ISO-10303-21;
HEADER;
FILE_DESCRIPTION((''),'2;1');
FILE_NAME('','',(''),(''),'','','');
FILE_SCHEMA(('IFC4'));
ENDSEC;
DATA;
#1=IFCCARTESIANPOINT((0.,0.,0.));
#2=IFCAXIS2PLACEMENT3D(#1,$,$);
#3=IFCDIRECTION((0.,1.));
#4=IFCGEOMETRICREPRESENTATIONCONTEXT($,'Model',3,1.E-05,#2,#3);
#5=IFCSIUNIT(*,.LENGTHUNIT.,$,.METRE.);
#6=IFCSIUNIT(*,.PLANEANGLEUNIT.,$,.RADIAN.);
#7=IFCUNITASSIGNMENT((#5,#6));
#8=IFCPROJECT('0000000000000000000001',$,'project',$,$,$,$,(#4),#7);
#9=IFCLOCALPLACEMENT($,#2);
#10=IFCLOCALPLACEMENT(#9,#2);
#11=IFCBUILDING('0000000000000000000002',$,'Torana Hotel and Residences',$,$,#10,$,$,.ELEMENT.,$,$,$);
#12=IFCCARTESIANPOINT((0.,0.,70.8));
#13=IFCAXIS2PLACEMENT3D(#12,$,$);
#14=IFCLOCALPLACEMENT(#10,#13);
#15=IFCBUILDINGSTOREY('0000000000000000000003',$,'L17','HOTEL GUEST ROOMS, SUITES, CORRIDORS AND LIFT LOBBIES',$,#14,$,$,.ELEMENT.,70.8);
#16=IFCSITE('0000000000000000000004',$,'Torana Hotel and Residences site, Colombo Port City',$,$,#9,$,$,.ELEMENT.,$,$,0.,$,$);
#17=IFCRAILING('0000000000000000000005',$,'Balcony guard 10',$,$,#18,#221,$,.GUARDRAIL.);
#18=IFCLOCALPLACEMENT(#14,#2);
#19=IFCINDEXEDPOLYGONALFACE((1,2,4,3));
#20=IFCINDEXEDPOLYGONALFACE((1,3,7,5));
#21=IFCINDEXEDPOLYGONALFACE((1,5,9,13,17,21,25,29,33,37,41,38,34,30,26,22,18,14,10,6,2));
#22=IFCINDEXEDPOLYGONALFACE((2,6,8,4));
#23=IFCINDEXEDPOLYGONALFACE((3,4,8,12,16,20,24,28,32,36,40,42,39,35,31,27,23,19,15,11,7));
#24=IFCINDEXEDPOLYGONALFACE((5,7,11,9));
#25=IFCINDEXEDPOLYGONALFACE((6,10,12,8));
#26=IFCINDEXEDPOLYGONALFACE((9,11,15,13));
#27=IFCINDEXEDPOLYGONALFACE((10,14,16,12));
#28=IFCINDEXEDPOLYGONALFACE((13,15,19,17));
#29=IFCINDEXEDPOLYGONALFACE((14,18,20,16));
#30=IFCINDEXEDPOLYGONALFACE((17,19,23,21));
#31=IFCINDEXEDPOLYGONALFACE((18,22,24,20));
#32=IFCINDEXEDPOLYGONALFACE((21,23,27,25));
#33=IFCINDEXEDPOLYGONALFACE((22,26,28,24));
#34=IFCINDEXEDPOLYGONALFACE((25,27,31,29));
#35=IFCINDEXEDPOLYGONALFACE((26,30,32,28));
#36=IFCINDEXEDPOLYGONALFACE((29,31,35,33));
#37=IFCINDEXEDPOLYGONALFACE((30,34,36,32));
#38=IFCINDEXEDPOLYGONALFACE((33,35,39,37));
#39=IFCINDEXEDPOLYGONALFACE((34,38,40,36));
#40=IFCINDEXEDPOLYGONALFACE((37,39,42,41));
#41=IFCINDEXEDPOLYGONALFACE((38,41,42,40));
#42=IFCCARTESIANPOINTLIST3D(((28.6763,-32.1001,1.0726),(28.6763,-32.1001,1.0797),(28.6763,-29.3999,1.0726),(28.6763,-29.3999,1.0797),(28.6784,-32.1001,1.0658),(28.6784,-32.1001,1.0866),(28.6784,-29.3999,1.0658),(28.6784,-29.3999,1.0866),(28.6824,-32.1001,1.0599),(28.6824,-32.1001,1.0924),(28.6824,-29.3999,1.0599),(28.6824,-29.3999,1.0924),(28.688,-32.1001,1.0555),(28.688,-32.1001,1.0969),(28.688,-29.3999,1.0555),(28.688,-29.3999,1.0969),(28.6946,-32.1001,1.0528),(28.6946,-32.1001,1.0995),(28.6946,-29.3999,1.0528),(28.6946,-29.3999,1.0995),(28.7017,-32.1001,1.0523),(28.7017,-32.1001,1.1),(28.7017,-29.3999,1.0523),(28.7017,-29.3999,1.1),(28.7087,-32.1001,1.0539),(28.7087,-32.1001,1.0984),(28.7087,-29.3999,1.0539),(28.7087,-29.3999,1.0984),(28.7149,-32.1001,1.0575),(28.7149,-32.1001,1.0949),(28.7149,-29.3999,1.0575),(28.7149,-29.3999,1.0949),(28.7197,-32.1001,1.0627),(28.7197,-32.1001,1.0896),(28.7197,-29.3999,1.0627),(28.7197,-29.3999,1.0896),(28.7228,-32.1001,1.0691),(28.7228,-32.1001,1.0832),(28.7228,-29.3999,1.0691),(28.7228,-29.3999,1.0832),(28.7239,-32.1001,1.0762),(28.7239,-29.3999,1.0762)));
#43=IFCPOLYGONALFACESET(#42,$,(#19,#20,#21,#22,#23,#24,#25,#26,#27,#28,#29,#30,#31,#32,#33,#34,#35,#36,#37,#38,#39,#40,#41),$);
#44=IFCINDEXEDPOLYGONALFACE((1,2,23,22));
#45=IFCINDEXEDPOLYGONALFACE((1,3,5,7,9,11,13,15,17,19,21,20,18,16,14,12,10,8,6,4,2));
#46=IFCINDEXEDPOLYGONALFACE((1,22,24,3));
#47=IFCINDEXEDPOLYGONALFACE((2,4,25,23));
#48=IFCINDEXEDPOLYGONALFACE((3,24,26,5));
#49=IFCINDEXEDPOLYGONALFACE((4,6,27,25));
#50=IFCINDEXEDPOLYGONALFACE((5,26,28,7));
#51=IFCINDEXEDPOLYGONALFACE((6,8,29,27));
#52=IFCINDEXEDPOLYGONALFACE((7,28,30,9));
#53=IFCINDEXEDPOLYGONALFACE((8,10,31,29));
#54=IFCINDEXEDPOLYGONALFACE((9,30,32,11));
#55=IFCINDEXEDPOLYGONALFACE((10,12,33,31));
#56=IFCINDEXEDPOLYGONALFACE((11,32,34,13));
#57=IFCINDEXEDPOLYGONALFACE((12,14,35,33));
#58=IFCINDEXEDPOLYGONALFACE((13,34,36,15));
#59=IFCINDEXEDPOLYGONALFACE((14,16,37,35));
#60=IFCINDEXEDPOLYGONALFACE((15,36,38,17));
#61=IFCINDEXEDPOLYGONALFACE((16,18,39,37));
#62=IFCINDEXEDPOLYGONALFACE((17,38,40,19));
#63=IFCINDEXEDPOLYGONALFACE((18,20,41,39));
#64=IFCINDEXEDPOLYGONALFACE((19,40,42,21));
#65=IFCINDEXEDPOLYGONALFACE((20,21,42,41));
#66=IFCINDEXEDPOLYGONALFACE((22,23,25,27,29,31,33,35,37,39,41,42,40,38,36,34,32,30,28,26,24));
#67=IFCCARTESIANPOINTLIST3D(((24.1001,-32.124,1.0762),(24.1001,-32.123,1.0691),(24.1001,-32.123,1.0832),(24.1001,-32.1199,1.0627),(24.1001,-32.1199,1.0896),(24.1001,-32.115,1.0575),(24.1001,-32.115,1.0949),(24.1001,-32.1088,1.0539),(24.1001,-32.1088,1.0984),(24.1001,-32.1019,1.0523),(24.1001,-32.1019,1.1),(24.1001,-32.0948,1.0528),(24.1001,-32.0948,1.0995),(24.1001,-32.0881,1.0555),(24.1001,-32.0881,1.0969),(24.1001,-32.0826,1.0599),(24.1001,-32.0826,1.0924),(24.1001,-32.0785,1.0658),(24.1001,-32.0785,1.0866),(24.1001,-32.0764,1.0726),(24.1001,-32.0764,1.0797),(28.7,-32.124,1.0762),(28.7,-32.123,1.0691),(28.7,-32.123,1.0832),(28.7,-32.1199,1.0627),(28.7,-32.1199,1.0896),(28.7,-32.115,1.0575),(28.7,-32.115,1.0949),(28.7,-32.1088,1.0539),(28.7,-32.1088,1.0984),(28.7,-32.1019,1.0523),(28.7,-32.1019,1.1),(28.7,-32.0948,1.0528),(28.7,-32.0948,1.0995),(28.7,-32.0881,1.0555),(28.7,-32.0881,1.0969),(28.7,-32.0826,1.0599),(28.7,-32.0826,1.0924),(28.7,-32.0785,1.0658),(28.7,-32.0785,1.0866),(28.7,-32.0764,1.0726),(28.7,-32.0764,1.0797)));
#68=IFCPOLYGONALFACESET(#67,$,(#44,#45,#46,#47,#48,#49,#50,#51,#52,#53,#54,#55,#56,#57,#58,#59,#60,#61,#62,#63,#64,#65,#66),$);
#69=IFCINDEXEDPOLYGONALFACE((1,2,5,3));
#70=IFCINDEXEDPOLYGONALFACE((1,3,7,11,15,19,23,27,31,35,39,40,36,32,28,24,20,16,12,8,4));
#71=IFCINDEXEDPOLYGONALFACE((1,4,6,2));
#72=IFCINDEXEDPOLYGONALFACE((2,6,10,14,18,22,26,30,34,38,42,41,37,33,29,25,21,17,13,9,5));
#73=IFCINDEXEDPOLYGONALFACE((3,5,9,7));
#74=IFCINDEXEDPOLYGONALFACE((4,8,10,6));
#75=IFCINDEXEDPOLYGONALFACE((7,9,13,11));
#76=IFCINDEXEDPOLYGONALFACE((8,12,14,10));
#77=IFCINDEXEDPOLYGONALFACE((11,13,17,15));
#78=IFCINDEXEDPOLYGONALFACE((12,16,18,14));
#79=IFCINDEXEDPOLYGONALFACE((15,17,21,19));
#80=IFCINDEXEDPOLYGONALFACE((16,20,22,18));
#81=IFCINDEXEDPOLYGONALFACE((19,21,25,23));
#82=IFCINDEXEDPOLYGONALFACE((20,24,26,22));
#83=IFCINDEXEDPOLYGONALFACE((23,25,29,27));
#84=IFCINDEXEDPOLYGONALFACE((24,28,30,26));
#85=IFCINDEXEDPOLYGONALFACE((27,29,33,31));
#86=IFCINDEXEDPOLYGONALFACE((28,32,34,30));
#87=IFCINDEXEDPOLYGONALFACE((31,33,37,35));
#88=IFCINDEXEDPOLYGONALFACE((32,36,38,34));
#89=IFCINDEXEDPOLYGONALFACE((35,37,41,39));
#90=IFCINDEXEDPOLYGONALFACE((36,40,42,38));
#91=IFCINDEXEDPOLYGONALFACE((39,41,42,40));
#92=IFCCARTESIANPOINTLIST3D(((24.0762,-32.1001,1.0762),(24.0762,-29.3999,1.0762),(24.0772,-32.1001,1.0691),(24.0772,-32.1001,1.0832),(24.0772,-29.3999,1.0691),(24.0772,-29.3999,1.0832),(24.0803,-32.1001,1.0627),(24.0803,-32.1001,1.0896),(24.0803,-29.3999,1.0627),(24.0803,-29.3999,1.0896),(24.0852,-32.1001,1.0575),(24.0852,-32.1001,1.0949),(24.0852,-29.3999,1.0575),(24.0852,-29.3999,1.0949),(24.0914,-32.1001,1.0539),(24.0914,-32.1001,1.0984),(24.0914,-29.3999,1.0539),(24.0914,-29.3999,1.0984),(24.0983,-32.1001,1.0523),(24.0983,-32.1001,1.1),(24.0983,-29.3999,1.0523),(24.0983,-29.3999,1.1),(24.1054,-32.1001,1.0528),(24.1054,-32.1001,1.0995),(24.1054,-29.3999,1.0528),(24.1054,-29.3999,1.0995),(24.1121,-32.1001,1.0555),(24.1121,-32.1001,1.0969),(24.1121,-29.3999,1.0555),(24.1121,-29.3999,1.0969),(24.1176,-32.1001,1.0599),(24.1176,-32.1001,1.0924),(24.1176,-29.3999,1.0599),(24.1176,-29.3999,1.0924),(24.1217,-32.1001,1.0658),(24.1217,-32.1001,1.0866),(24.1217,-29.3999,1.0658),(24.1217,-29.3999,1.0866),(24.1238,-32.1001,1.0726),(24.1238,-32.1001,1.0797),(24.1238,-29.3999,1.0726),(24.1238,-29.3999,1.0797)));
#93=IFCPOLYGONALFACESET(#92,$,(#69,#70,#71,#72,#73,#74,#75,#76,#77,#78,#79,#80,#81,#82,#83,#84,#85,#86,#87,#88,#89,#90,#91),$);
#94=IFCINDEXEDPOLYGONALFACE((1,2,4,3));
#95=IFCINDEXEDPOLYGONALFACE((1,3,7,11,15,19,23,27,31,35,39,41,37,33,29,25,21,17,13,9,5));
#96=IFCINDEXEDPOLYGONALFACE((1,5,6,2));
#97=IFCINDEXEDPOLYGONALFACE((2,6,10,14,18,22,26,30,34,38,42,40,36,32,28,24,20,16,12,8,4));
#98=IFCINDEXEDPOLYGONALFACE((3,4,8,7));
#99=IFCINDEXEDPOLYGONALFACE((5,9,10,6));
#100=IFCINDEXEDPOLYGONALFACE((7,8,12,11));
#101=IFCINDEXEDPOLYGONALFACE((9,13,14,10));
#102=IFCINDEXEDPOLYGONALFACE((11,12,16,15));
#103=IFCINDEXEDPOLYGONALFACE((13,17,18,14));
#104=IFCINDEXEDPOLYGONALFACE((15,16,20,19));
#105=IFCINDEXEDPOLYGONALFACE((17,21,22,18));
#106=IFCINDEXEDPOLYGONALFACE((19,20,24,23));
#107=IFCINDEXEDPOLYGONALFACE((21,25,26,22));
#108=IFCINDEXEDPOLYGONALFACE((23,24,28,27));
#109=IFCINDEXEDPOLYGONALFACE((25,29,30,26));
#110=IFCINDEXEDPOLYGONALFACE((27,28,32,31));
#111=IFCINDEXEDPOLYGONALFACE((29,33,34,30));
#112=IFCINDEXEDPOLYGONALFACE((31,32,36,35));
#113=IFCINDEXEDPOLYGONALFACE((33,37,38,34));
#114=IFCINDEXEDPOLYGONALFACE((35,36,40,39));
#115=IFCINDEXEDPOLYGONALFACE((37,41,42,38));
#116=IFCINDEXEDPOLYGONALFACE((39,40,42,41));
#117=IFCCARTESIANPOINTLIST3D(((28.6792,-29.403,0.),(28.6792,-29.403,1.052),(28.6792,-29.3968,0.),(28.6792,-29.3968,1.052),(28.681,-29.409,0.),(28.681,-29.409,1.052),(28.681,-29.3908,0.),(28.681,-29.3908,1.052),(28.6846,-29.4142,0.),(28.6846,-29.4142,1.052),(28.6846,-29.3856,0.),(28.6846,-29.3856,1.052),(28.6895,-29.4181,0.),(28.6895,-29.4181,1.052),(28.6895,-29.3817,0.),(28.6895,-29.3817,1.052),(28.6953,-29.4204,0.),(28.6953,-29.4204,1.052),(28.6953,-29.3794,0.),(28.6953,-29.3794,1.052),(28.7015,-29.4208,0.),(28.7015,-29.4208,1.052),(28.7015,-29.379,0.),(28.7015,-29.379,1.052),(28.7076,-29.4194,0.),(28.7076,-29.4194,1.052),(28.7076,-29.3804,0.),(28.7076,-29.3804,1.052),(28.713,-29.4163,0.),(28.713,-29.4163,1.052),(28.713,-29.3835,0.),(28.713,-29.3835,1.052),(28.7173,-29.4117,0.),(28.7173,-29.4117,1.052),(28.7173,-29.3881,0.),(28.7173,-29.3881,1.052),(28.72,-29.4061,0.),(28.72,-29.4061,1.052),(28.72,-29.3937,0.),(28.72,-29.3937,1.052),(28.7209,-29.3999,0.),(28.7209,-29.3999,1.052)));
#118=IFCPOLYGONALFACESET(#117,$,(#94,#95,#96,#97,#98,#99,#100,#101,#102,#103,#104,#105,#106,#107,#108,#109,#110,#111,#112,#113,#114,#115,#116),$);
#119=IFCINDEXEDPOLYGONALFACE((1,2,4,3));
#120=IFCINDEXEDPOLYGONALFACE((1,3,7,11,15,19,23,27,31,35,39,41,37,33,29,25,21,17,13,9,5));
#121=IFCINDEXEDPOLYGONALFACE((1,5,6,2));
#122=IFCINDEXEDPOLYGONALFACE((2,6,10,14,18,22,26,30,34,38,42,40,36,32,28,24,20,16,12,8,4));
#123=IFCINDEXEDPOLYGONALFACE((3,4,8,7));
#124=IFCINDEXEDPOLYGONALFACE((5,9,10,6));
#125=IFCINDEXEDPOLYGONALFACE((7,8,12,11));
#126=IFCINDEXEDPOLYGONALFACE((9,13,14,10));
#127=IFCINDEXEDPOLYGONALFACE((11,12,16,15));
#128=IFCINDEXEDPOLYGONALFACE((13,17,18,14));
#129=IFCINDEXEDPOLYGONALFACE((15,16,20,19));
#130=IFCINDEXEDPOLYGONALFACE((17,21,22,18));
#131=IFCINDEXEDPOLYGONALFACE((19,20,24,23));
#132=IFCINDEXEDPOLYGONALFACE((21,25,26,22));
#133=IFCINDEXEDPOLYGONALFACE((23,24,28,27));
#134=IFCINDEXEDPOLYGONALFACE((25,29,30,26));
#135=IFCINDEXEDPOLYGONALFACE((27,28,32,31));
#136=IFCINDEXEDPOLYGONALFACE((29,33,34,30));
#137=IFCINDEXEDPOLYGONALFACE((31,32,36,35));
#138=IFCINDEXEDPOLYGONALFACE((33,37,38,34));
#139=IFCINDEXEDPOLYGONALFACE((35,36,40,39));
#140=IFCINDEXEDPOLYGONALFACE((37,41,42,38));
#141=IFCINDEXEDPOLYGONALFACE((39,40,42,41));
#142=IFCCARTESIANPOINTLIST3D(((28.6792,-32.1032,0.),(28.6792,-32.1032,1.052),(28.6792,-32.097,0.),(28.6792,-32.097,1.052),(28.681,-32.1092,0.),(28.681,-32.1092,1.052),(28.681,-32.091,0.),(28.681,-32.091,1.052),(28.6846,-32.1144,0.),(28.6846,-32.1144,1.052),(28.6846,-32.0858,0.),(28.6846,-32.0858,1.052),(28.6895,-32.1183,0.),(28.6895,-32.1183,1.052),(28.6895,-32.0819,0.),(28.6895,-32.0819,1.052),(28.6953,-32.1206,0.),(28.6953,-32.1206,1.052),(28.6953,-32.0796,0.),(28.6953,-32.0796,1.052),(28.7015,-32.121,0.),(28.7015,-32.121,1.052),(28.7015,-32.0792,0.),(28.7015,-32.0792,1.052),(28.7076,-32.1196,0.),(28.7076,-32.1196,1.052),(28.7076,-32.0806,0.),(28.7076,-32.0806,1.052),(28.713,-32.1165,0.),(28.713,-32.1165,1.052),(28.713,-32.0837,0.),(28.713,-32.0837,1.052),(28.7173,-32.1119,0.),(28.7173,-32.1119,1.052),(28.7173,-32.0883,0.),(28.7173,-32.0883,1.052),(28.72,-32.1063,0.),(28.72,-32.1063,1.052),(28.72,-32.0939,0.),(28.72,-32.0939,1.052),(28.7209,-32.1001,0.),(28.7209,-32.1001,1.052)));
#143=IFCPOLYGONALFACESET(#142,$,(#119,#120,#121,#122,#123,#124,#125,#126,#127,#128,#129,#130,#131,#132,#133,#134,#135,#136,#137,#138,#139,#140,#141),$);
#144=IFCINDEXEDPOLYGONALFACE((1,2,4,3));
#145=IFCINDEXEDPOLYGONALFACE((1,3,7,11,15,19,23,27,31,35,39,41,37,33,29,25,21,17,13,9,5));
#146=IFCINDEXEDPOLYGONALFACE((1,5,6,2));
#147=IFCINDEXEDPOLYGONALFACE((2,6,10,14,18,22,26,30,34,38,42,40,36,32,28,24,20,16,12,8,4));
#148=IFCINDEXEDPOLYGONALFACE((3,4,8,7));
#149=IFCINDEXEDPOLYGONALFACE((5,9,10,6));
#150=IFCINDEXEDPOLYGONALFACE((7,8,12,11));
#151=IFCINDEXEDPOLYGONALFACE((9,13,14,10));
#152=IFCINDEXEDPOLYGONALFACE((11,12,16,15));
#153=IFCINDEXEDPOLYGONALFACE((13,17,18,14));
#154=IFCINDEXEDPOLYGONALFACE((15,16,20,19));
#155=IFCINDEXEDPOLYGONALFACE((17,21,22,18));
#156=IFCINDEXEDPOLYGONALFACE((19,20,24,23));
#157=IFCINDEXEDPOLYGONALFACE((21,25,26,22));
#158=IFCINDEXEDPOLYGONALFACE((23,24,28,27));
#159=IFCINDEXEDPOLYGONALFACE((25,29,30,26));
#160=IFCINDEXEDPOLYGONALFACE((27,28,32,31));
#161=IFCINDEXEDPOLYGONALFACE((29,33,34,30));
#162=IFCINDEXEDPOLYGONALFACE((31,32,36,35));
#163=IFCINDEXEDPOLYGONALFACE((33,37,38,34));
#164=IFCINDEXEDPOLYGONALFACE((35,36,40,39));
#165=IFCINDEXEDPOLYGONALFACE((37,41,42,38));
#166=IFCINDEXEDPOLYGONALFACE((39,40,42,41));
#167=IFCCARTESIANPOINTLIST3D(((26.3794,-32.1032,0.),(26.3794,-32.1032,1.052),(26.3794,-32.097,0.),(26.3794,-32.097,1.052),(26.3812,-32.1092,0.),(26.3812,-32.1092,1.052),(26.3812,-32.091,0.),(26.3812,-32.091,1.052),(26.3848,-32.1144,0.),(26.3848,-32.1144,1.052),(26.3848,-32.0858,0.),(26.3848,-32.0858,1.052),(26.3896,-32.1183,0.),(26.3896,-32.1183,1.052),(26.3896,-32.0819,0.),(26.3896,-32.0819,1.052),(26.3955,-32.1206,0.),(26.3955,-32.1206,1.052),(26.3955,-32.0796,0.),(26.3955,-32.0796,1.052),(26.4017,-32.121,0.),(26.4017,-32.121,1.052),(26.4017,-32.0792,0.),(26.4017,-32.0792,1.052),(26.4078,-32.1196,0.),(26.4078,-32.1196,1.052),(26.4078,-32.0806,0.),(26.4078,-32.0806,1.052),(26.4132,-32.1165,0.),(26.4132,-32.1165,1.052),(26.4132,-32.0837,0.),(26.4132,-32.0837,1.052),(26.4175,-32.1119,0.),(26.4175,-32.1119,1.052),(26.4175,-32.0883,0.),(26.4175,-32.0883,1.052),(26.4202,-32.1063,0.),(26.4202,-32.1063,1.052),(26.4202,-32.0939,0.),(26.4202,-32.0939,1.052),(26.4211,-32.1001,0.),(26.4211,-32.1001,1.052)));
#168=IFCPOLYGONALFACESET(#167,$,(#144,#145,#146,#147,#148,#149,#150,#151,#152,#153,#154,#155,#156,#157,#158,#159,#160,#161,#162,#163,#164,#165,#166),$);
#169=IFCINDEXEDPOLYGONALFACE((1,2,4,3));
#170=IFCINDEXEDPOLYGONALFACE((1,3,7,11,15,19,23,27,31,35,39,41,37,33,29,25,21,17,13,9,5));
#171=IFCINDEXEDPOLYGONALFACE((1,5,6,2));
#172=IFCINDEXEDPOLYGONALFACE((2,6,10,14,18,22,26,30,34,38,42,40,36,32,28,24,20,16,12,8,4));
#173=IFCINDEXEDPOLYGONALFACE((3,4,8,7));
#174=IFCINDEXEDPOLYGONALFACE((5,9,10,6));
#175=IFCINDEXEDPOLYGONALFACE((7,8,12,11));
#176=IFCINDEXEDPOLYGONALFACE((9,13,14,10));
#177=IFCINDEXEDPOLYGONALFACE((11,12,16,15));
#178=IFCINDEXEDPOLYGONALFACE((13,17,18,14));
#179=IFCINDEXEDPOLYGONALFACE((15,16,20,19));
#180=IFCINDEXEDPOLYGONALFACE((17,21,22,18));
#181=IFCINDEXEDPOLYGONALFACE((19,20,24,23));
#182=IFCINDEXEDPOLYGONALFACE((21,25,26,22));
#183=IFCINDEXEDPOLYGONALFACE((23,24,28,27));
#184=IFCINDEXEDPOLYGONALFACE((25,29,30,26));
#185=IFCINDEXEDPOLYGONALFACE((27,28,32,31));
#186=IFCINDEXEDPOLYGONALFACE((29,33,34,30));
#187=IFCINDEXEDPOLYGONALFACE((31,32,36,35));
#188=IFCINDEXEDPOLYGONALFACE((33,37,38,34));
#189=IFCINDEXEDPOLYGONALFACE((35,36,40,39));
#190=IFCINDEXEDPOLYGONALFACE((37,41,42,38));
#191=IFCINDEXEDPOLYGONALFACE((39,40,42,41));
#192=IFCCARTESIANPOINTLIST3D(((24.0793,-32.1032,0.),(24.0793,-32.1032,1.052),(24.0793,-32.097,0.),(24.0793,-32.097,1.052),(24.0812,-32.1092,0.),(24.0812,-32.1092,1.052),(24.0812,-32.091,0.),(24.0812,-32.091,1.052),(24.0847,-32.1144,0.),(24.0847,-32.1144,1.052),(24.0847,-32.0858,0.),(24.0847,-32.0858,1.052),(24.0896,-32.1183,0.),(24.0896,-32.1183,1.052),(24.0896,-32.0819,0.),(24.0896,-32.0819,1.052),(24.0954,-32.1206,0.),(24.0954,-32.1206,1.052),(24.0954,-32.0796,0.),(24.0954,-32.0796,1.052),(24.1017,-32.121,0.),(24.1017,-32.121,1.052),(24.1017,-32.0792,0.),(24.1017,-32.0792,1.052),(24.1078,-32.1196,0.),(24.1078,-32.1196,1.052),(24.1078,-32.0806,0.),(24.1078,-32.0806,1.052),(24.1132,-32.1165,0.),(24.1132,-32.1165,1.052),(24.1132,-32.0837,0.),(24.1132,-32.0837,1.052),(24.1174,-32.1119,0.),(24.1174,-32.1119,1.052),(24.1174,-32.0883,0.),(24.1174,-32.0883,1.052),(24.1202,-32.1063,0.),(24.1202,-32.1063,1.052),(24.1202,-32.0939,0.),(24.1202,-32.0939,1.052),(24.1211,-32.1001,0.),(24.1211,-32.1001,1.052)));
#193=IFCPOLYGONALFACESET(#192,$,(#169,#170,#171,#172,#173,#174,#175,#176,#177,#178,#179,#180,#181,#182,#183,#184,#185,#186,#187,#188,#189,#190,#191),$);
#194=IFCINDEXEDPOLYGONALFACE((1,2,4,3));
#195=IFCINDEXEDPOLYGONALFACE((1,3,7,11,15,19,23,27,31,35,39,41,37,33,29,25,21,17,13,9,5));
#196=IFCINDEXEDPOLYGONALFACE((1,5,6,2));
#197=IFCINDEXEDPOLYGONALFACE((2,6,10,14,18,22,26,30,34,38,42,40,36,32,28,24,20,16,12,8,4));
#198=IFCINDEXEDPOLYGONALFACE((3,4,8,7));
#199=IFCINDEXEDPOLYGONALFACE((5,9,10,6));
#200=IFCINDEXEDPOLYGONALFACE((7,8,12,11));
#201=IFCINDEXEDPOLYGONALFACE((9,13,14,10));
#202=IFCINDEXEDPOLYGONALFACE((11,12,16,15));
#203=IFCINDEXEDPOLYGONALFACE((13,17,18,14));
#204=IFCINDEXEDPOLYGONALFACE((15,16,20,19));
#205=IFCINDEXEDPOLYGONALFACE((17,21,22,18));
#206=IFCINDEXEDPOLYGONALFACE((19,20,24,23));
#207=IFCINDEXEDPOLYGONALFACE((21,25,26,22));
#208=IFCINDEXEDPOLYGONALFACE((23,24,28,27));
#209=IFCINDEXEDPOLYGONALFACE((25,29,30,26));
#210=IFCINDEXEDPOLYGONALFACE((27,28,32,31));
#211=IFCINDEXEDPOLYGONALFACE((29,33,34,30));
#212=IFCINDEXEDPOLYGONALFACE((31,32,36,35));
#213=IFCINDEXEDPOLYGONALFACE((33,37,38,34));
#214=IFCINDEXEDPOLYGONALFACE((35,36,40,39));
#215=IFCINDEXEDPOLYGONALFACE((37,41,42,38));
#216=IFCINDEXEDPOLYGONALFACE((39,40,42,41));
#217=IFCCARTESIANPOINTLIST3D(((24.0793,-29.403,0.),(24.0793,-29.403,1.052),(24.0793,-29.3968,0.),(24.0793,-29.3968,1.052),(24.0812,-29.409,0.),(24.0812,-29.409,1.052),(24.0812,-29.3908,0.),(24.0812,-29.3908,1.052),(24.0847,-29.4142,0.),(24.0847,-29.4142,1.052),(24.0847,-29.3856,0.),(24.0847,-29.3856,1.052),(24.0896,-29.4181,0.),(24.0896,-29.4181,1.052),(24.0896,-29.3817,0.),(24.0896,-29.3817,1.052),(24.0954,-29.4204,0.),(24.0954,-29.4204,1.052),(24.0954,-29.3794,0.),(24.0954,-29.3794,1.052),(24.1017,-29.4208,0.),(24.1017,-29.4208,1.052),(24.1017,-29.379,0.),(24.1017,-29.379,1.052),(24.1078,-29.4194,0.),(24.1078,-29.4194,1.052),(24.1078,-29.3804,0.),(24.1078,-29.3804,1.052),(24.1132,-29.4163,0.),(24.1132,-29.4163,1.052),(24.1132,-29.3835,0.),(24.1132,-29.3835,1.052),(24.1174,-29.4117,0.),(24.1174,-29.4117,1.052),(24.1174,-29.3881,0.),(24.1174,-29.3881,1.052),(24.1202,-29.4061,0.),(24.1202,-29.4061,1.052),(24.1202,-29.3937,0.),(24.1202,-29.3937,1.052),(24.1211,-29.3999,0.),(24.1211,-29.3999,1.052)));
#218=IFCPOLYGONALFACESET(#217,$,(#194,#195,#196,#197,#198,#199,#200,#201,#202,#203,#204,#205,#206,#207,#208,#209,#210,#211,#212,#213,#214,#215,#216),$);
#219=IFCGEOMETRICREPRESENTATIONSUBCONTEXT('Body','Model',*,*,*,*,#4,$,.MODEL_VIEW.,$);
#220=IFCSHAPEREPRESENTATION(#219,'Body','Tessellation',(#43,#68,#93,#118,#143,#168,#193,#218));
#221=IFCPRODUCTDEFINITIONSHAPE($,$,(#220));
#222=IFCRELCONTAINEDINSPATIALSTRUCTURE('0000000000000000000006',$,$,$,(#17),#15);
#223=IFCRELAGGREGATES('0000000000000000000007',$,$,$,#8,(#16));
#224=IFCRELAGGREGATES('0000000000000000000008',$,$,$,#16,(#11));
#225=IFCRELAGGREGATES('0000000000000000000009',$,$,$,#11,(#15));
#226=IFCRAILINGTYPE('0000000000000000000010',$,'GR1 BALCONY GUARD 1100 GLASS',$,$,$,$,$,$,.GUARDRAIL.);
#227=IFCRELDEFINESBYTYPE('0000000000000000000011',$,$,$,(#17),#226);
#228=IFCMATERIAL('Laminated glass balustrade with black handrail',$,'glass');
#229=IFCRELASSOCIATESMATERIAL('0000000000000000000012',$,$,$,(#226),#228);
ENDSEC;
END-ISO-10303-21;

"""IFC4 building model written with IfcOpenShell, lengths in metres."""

from ifc_helpers import new_model, si_unit, direction, frame, origin, origin_2d, place, context, subcontext, project, spatial, circle, extrude, material, type_object, element, save


model = new_model("IFC4")

# Units and contexts
model_context = context("Model", 3, precision=1e-05, world=origin(), true_north=direction((0.0, 1.0)))
body_context = subcontext(model_context, "Body", "Model", "MODEL_VIEW")
ifc_project = project(units=[si_unit("LENGTHUNIT", "METRE"), si_unit("PLANEANGLEUNIT", "RADIAN")], contexts=[model_context])

# Site, building, storey
site_placement = place(None, origin())
site = spatial("IfcSite", under=ifc_project, at=site_placement, Name="Torana Hotel and Residences site, Colombo Port City", CompositionType="ELEMENT", RefElevation=0.0)
building_placement = place(site_placement, origin())
building = spatial("IfcBuilding", under=site, at=building_placement, Name="Torana Hotel and Residences", CompositionType="ELEMENT")
storey_placement = place(building_placement, frame((0.0, 0.0, 70.8)))
storey = spatial("IfcBuildingStorey", under=building, at=storey_placement, Name="L17", Description="HOTEL GUEST ROOMS, SUITES, CORRIDORS AND LIFT LOBBIES", CompositionType="ELEMENT", Elevation=70.8)

# Railing
ifc_material_1 = material(Name="Laminated glass balustrade with black handrail", Category="glass")
railing_type = type_object("IfcRailingType", Name="GR1 BALCONY GUARD 1100 GLASS", PredefinedType="GUARDRAIL", material=ifc_material_1)
railing_1_placement = place(storey_placement, frame((28.7, -29.3999, 0.0)))
element("IfcRailing", 1, at=railing_1_placement, inside=storey, type_object=railing_type, Name="Balcony guard 10", PredefinedType="GUARDRAIL", context=body_context, shape_type="SweptSolid", body=[
    extrude(circle(Radius=0.0239, at=origin_2d()), frame((0.0, 0.0, 1.0762), z_axis=(0.0, -1.0, 0.0), x_axis=(1.0, 0.0, 0.0)), (0.0, 0.0, 1.0), 2.7002),
    extrude(circle(Radius=0.0239, at=origin_2d()), frame((0.0, -2.7002, 1.0762), z_axis=(-1.0, 0.0, 0.0), x_axis=(0.0, -1.0, 0.0)), (0.0, 0.0, 1.0), 4.5999),
    extrude(circle(Radius=0.0239, at=origin_2d()), frame((-4.5999, -2.7002, 1.0762), z_axis=(0.0, 1.0, 0.0), x_axis=(-1.0, 0.0, 0.0)), (0.0, 0.0, 1.0), 2.7002),
    extrude(circle(Radius=0.021, at=origin_2d()), origin(), (0.0, 0.0, 1.0), 1.052),
    extrude(circle(Radius=0.021, at=origin_2d()), frame((0.0, -2.7002, 0.0)), (0.0, 0.0, 1.0), 1.052),
    extrude(circle(Radius=0.021, at=origin_2d()), frame((-2.2998, -2.7002, 0.0)), (0.0, 0.0, 1.0), 1.052),
    extrude(circle(Radius=0.021, at=origin_2d()), frame((-4.5999, -2.7002, 0.0)), (0.0, 0.0, 1.0), 1.052),
    extrude(circle(Radius=0.021, at=origin_2d()), frame((-4.5999, 0.0, 0.0)), (0.0, 0.0, 1.0), 1.052),
])

save(model, "model.ifc")
